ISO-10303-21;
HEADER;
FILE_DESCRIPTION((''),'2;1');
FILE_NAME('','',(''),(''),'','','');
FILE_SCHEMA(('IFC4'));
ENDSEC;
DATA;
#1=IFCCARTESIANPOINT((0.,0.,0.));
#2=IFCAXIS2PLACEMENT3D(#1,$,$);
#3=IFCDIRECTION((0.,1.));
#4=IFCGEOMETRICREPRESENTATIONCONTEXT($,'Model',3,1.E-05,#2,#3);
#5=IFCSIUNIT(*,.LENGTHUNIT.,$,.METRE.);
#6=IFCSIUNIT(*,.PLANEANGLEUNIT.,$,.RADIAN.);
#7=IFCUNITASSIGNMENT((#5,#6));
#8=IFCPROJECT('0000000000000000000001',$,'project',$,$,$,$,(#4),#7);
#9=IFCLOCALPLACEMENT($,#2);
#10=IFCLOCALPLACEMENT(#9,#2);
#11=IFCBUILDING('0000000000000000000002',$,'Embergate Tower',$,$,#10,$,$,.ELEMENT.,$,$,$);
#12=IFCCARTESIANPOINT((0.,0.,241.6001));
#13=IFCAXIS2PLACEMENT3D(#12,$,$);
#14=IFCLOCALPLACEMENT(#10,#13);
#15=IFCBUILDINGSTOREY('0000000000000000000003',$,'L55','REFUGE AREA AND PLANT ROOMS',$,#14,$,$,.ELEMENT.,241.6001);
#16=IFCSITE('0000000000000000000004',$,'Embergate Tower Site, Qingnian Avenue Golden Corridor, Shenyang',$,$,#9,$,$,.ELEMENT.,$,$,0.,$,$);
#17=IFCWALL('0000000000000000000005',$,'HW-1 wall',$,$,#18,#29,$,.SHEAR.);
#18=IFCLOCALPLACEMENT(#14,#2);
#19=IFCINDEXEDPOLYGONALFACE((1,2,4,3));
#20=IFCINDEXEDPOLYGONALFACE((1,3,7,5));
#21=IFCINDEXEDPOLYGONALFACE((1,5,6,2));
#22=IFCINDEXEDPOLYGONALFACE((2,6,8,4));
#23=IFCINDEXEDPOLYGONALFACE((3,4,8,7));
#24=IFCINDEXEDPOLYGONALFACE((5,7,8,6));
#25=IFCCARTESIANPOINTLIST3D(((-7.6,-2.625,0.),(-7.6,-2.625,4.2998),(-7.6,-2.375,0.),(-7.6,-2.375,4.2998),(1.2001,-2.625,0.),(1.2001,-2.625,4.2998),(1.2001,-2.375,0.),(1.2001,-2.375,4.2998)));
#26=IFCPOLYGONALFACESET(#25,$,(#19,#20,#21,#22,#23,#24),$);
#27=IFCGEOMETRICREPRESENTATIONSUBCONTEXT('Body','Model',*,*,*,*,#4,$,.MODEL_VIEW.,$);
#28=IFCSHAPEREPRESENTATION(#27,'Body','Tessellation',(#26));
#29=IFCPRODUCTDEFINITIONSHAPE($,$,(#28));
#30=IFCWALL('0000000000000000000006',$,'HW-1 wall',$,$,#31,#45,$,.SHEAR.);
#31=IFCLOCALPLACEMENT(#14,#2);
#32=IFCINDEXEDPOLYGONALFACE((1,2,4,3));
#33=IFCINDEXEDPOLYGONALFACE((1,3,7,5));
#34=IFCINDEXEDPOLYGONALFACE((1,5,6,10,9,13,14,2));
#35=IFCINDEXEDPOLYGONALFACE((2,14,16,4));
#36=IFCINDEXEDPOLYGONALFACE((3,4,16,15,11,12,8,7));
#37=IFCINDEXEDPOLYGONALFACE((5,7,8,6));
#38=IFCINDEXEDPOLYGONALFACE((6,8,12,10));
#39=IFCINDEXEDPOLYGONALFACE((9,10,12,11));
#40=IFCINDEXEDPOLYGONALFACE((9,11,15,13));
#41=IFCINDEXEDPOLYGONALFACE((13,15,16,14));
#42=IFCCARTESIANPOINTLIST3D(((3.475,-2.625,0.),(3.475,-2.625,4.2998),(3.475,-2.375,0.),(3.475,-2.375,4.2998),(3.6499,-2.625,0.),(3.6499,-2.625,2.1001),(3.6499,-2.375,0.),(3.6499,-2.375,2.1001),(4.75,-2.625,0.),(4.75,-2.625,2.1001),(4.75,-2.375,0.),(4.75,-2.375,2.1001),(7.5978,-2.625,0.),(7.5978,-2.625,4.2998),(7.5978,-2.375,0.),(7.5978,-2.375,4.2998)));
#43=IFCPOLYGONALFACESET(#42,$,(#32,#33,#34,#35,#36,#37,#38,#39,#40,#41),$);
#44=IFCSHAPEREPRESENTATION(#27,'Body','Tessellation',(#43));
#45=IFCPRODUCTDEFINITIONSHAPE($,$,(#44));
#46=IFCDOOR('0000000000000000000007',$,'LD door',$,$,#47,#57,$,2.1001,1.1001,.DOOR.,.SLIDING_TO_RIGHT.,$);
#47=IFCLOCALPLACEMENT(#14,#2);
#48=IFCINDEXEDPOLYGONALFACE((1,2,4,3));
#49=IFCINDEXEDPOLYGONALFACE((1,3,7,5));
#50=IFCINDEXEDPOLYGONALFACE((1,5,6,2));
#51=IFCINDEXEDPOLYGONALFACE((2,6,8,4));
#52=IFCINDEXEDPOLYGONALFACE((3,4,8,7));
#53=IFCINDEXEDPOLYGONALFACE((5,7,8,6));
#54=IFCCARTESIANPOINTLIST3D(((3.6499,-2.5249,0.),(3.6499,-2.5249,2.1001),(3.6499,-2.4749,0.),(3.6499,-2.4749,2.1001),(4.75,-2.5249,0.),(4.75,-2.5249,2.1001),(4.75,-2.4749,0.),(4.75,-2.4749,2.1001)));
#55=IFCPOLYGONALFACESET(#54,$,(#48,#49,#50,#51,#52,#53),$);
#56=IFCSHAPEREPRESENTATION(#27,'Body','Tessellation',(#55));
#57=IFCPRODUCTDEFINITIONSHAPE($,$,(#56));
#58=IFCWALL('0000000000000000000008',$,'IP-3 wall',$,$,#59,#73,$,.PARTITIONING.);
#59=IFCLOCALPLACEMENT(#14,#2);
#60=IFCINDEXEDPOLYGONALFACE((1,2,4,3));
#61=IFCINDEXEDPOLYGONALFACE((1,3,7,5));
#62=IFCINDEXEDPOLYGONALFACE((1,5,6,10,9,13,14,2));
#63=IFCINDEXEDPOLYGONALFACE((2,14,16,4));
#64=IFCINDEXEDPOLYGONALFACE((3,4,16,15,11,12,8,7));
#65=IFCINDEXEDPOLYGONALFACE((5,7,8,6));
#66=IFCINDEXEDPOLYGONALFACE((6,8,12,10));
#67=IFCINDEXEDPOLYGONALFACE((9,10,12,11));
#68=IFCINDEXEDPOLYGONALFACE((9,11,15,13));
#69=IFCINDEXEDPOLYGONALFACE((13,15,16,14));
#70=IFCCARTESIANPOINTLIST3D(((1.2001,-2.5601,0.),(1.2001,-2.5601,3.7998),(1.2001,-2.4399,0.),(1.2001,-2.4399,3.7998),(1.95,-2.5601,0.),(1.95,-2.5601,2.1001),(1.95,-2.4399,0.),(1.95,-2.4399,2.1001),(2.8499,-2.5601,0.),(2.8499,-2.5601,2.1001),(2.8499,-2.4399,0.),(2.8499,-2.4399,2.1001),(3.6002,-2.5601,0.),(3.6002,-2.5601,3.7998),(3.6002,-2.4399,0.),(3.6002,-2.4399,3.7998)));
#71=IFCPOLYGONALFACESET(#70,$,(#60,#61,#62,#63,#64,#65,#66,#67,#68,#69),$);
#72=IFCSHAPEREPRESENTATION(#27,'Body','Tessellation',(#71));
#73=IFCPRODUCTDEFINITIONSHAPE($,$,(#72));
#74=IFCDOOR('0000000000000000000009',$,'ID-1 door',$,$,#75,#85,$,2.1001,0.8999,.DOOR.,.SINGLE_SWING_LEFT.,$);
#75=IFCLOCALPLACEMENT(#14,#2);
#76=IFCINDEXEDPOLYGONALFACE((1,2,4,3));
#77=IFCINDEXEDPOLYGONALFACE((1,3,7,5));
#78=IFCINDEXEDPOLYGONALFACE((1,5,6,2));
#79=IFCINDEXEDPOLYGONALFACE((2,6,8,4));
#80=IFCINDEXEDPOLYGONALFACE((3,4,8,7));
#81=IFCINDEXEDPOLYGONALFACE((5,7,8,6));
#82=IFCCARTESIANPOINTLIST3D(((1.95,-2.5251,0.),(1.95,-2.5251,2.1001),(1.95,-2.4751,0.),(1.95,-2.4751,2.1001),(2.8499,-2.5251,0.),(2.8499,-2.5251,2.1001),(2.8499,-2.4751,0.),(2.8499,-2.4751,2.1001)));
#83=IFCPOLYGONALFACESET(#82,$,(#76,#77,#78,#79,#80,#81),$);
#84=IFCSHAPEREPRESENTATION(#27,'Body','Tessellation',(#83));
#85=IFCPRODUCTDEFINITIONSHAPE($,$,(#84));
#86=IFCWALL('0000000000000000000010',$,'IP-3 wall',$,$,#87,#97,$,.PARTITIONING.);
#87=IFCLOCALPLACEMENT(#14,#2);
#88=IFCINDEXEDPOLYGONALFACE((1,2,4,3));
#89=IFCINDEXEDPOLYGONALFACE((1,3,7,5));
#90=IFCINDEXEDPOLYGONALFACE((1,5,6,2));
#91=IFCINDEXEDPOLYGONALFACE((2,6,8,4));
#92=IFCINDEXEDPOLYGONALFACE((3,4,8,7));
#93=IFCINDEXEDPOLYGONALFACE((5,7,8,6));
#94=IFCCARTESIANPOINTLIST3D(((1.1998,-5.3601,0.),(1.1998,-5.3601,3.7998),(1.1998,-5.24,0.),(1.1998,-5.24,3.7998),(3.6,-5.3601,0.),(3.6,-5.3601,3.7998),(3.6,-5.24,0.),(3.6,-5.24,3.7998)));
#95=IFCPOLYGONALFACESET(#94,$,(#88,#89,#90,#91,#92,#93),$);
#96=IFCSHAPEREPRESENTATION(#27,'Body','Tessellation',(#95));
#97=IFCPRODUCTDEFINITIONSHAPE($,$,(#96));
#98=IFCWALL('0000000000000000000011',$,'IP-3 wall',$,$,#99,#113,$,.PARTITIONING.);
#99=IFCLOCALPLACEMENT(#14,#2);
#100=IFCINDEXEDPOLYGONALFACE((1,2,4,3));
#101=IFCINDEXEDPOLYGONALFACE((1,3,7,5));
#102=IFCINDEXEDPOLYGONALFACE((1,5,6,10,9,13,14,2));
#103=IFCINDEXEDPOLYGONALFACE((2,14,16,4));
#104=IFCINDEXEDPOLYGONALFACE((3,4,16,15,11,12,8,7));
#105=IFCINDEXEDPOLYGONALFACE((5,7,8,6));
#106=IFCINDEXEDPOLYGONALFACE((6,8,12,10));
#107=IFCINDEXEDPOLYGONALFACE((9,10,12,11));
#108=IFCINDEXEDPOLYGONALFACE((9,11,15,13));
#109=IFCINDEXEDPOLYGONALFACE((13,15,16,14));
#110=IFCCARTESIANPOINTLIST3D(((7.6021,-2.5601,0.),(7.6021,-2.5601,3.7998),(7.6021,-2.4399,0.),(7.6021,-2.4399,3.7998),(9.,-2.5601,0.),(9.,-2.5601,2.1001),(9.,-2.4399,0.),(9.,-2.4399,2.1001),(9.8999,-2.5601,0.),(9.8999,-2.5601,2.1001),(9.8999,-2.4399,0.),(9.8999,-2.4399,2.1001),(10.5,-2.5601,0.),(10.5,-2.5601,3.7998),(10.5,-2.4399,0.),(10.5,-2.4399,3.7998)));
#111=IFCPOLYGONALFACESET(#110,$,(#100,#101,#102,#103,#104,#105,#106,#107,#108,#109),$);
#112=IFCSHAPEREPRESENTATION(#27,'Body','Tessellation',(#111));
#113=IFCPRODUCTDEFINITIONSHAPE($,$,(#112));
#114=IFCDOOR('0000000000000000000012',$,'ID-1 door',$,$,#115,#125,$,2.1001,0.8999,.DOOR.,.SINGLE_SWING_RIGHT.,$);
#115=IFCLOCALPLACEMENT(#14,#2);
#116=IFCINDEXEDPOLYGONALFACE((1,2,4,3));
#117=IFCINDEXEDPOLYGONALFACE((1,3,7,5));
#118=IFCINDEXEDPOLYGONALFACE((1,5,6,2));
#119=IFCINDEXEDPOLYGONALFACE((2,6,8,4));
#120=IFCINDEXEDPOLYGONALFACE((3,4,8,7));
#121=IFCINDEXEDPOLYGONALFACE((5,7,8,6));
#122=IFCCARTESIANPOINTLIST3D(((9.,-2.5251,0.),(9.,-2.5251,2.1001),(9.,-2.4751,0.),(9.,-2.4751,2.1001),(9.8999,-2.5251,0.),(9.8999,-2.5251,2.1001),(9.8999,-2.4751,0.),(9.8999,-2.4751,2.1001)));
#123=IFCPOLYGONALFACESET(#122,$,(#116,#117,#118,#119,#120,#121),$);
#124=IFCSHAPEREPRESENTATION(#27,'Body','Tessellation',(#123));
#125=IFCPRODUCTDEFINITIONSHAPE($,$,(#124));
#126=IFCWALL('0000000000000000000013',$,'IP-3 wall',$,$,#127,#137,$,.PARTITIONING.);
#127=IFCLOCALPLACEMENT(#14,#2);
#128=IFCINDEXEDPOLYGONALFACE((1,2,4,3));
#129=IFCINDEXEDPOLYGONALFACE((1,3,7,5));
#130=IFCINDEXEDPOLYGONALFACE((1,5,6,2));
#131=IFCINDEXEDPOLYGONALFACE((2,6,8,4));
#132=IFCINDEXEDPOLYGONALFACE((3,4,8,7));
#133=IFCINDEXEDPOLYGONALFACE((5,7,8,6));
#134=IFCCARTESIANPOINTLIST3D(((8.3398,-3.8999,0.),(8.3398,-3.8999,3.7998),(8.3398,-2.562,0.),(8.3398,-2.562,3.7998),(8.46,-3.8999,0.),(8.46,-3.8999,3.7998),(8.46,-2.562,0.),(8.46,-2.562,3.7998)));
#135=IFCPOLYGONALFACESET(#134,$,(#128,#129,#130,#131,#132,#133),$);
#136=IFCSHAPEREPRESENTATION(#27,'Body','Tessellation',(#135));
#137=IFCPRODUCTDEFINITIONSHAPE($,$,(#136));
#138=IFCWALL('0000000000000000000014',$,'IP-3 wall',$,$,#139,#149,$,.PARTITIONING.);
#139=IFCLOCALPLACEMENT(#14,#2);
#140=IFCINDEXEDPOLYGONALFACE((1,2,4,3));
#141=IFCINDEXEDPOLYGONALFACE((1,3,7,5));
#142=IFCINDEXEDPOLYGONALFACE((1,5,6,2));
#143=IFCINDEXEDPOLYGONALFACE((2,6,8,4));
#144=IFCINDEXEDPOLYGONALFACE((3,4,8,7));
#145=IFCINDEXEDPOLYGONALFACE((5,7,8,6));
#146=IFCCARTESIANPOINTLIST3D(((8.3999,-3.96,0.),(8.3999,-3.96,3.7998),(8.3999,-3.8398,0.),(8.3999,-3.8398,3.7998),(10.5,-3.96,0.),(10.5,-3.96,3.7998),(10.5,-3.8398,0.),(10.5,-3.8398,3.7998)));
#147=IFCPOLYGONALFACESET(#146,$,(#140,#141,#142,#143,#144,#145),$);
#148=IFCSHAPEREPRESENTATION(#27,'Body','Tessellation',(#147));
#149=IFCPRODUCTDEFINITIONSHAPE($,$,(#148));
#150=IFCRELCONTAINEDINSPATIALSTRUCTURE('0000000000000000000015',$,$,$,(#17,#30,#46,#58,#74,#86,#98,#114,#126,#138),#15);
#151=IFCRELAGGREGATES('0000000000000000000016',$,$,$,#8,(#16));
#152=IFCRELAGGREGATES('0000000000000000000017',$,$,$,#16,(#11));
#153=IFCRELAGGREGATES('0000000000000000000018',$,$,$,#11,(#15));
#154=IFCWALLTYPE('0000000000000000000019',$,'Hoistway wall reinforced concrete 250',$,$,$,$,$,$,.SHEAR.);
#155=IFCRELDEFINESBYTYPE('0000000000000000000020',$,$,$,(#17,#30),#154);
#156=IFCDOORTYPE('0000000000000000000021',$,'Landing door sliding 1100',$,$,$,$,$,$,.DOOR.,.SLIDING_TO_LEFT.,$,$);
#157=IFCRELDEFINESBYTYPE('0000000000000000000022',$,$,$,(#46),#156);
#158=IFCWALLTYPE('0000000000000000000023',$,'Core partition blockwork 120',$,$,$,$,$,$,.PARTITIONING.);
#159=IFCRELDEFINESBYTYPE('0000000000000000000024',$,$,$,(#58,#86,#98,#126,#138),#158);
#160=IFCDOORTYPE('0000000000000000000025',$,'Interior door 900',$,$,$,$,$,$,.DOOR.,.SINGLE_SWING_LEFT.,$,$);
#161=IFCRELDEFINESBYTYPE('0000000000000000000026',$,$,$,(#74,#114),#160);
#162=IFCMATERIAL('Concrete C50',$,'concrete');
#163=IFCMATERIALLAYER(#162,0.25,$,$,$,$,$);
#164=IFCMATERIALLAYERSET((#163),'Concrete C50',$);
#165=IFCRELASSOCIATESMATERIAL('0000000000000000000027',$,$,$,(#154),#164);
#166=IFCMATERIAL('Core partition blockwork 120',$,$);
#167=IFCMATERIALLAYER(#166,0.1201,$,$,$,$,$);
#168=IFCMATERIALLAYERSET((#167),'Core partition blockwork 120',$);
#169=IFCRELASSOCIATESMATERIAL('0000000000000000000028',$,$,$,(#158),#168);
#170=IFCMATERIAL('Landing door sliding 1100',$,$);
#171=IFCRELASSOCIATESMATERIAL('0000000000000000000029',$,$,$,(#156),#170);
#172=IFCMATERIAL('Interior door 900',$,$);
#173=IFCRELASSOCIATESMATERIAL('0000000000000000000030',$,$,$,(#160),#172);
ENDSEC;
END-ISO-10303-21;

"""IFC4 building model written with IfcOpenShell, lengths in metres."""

from ifc_helpers import new_model, si_unit, direction, frame, frame_2d, origin, place, context, subcontext, project, spatial, rectangle, extrude, source, transform, mapped, material, layer, layer_set, type_object, element, fill, save


model = new_model("IFC4")

# Units and contexts
model_context = context("Model", 3, precision=1e-05, world=origin(), true_north=direction((0.0, 1.0)))
body_context = subcontext(model_context, "Body", "Model", "MODEL_VIEW")
ifc_project = project(units=[si_unit("LENGTHUNIT", "METRE"), si_unit("PLANEANGLEUNIT", "RADIAN")], contexts=[model_context])

# Site, building, storey
site_placement = place(None, origin())
site = spatial("IfcSite", under=ifc_project, at=site_placement, Name="Embergate Tower Site, Qingnian Avenue Golden Corridor, Shenyang", CompositionType="ELEMENT", RefElevation=0.0)
building_placement = place(site_placement, origin())
building = spatial("IfcBuilding", under=site, at=building_placement, Name="Embergate Tower", CompositionType="ELEMENT")
storey_placement = place(building_placement, frame((0.0, 0.0, 241.6001)))
storey = spatial("IfcBuildingStorey", under=building, at=storey_placement, Name="L55", Description="REFUGE AREA AND PLANT ROOMS", CompositionType="ELEMENT", Elevation=241.6001)

# Shared definitions
ifc_material_1 = material(Name="Concrete C50", Category="concrete")
ifc_layer_1 = layer(ifc_material_1, 0.25)
ifc_layer_set_1 = layer_set([ifc_layer_1], Name="Concrete C50")
wall_type_1 = type_object("IfcWallType", Name="Hoistway wall reinforced concrete 250", PredefinedType="SHEAR", material=ifc_layer_set_1)

# Shared definitions
ifc_material_2 = material(Name="Core partition blockwork 120")
ifc_layer_2 = layer(ifc_material_2, 0.1201)
ifc_layer_set_2 = layer_set([ifc_layer_2], Name="Core partition blockwork 120")
wall_type_2 = type_object("IfcWallType", Name="Core partition blockwork 120", PredefinedType="PARTITIONING", material=ifc_layer_set_2)

# Wall
shared_shape_1 = source(origin(), body_context, "Body", "SweptSolid", [
    extrude(rectangle(XDim=8.8, YDim=0.25, at=frame_2d((4.3999, 0.0))), origin(), (0.0, 0.0, 1.0), 4.2998),
])
wall_1_placement = place(storey_placement, frame((1.2, -2.5, 0.0), z_axis=(0.0, 0.0, 1.0), x_axis=(-1.0, 0.0, 0.0)))
element("IfcWall", 1, at=wall_1_placement, inside=storey, type_object=wall_type_1, Name="HW-1 wall", PredefinedType="SHEAR", context=body_context, shape_type="MappedRepresentation", body=[
    mapped(shared_shape_1, transform((0.0, 0.0, 0.0))),
])

# Walls, openings, doors
shared_shape_2 = source(origin(), body_context, "Body", "SweptSolid", [
    extrude(rectangle(XDim=4.1228, YDim=0.25, at=frame_2d((2.0615, 0.0))), origin(), (0.0, 0.0, 1.0), 4.2998),
])
wall_2_placement = place(storey_placement, frame((7.5979, -2.5, 0.0), z_axis=(0.0, 0.0, 1.0), x_axis=(-1.0, 0.0, 0.0)))
wall_2 = element("IfcWall", 2, at=wall_2_placement, inside=storey, type_object=wall_type_1, Name="HW-1 wall", PredefinedType="SHEAR", context=body_context, shape_type="MappedRepresentation", body=[
    mapped(shared_shape_2, transform((0.0, 0.0, 0.0))),
])
shared_shape_3 = source(origin(), body_context, "Body", "SweptSolid", [
    extrude(rectangle(XDim=1.1001, YDim=2.1001, at=frame_2d((0.55, 1.05))), frame((0.0, 0.135, 0.0), z_axis=(0.0, -1.0, 0.0), x_axis=(1.0, 0.0, 0.0)), (0.0, 0.0, 1.0), 0.27),
])
opening_1_placement = place(wall_2_placement, frame((2.8479, 0.0, 0.0)))
opening_1 = element("IfcOpeningElement", 3, at=opening_1_placement, cuts=wall_2, PredefinedType="OPENING", context=body_context, shape_type="MappedRepresentation", body=[
    mapped(shared_shape_3, transform((0.0, 0.0, 0.0))),
])
ifc_material_3 = material(Name="Landing door sliding 1100")
door_type_1 = type_object("IfcDoorType", Name="Landing door sliding 1100", OperationType="SLIDING_TO_LEFT", PredefinedType="DOOR", material=ifc_material_3)
shared_shape_4 = source(origin(), body_context, "Body", "SweptSolid", [
    extrude(rectangle(XDim=1.1001, YDim=2.1001, at=frame_2d((0.55, 1.05))), frame((0.0, 0.0249, 0.0), z_axis=(0.0, -1.0, 0.0), x_axis=(1.0, 0.0, 0.0)), (0.0, 0.0, 1.0), 0.05),
])
door_1_placement = place(opening_1_placement, origin())
door_1 = element("IfcDoor", 4, at=door_1_placement, inside=storey, type_object=door_type_1, Name="LD door", OperationType="SLIDING_TO_RIGHT", OverallHeight=2.1001, OverallWidth=1.1001, PredefinedType="DOOR", context=body_context, shape_type="MappedRepresentation", body=[
    mapped(shared_shape_4, transform((0.0, 0.0, 0.0))),
])
fill(opening_1, door_1)
shared_shape_5 = source(origin(), body_context, "Body", "SweptSolid", [
    extrude(rectangle(XDim=2.4001, YDim=0.1201, at=frame_2d((1.2002, 0.0))), origin(), (0.0, 0.0, 1.0), 3.7998),
])
wall_3_placement = place(storey_placement, frame((1.2, -2.5, 0.0), z_axis=(0.0, 0.0, 1.0), x_axis=(1.0, 0.0, 0.0)))
wall_3 = element("IfcWall", 5, at=wall_3_placement, inside=storey, type_object=wall_type_2, Name="IP-3 wall", PredefinedType="PARTITIONING", context=body_context, shape_type="MappedRepresentation", body=[
    mapped(shared_shape_5, transform((0.0, 0.0, 0.0))),
])
shared_shape_6 = source(origin(), body_context, "Body", "SweptSolid", [
    extrude(rectangle(XDim=0.8999, YDim=2.1001, at=frame_2d((0.45, 1.05))), frame((0.0, 0.0701, 0.0), z_axis=(0.0, -1.0, 0.0), x_axis=(1.0, 0.0, 0.0)), (0.0, 0.0, 1.0), 0.1401),
])
opening_2_placement = place(wall_3_placement, frame((0.75, 0.0, 0.0)))
opening_2 = element("IfcOpeningElement", 6, at=opening_2_placement, cuts=wall_3, PredefinedType="OPENING", context=body_context, shape_type="MappedRepresentation", body=[
    mapped(shared_shape_6, transform((0.0, 0.0, 0.0))),
])
ifc_material_4 = material(Name="Interior door 900")
door_type_2 = type_object("IfcDoorType", Name="Interior door 900", OperationType="SINGLE_SWING_LEFT", PredefinedType="DOOR", material=ifc_material_4)
shared_shape_7 = source(origin(), body_context, "Body", "SweptSolid", [
    extrude(rectangle(XDim=0.8999, YDim=2.1001, at=frame_2d((0.45, 1.05))), frame((0.0, 0.0249, 0.0), z_axis=(0.0, -1.0, 0.0), x_axis=(1.0, 0.0, 0.0)), (0.0, 0.0, 1.0), 0.05),
])
door_2_placement = place(opening_2_placement, origin())
door_2 = element("IfcDoor", 7, at=door_2_placement, inside=storey, type_object=door_type_2, Name="ID-1 door", OperationType="SINGLE_SWING_LEFT", OverallHeight=2.1001, OverallWidth=0.8999, PredefinedType="DOOR", context=body_context, shape_type="MappedRepresentation", body=[
    mapped(shared_shape_7, transform((0.0, 0.0, 0.0))),
])
fill(opening_2, door_2)

# Wall
wall_4_placement = place(storey_placement, frame((3.6001, -5.3, 0.0), z_axis=(0.0, 0.0, 1.0), x_axis=(-1.0, 0.0, 0.0)))
element("IfcWall", 8, at=wall_4_placement, inside=storey, type_object=wall_type_2, Name="IP-3 wall", PredefinedType="PARTITIONING", context=body_context, shape_type="MappedRepresentation", body=[
    mapped(shared_shape_5, transform((0.0, 0.0, 0.0))),
])

# Wall, opening, door
shared_shape_8 = source(origin(), body_context, "Body", "SweptSolid", [
    extrude(rectangle(XDim=2.8979, YDim=0.1201, at=frame_2d((1.449, 0.0))), origin(), (0.0, 0.0, 1.0), 3.7998),
])
wall_5_placement = place(storey_placement, frame((7.6021, -2.5, 0.0), z_axis=(0.0, 0.0, 1.0), x_axis=(1.0, 0.0, 0.0)))
wall_5 = element("IfcWall", 9, at=wall_5_placement, inside=storey, type_object=wall_type_2, Name="IP-3 wall", PredefinedType="PARTITIONING", context=body_context, shape_type="MappedRepresentation", body=[
    mapped(shared_shape_8, transform((0.0, 0.0, 0.0))),
])
opening_3_placement = place(wall_5_placement, frame((1.3979, 0.0, 0.0)))
opening_3 = element("IfcOpeningElement", 10, at=opening_3_placement, cuts=wall_5, PredefinedType="OPENING", context=body_context, shape_type="MappedRepresentation", body=[
    mapped(shared_shape_6, transform((0.0, 0.0, 0.0))),
])
door_3_placement = place(opening_3_placement, origin())
door_3 = element("IfcDoor", 11, at=door_3_placement, inside=storey, type_object=door_type_2, Name="ID-1 door", OperationType="SINGLE_SWING_RIGHT", OverallHeight=2.1001, OverallWidth=0.8999, PredefinedType="DOOR", context=body_context, shape_type="MappedRepresentation", body=[
    mapped(shared_shape_7, transform((0.0, 0.0, 0.0))),
])
fill(opening_3, door_3)

# Walls
shared_shape_9 = source(origin(), body_context, "Body", "SweptSolid", [
    extrude(rectangle(XDim=1.3379, YDim=0.1201, at=frame_2d((0.6689, 0.0))), origin(), (0.0, 0.0, 1.0), 3.7998),
])
wall_6_placement = place(storey_placement, frame((8.3999, -2.562, 0.0), z_axis=(0.0, 0.0, 1.0), x_axis=(0.0, -1.0, 0.0)))
element("IfcWall", 12, at=wall_6_placement, inside=storey, type_object=wall_type_2, Name="IP-3 wall", PredefinedType="PARTITIONING", context=body_context, shape_type="MappedRepresentation", body=[
    mapped(shared_shape_9, transform((0.0, 0.0, 0.0))),
])
shared_shape_10 = source(origin(), body_context, "Body", "SweptSolid", [
    extrude(rectangle(XDim=2.1001, YDim=0.1201, at=frame_2d((1.05, 0.0))), origin(), (0.0, 0.0, 1.0), 3.7998),
])
wall_7_placement = place(storey_placement, frame((8.3999, -3.8999, 0.0), z_axis=(0.0, 0.0, 1.0), x_axis=(1.0, 0.0, 0.0)))
element("IfcWall", 13, at=wall_7_placement, inside=storey, type_object=wall_type_2, Name="IP-3 wall", PredefinedType="PARTITIONING", context=body_context, shape_type="MappedRepresentation", body=[
    mapped(shared_shape_10, transform((0.0, 0.0, 0.0))),
])

save(model, "model.ifc")
